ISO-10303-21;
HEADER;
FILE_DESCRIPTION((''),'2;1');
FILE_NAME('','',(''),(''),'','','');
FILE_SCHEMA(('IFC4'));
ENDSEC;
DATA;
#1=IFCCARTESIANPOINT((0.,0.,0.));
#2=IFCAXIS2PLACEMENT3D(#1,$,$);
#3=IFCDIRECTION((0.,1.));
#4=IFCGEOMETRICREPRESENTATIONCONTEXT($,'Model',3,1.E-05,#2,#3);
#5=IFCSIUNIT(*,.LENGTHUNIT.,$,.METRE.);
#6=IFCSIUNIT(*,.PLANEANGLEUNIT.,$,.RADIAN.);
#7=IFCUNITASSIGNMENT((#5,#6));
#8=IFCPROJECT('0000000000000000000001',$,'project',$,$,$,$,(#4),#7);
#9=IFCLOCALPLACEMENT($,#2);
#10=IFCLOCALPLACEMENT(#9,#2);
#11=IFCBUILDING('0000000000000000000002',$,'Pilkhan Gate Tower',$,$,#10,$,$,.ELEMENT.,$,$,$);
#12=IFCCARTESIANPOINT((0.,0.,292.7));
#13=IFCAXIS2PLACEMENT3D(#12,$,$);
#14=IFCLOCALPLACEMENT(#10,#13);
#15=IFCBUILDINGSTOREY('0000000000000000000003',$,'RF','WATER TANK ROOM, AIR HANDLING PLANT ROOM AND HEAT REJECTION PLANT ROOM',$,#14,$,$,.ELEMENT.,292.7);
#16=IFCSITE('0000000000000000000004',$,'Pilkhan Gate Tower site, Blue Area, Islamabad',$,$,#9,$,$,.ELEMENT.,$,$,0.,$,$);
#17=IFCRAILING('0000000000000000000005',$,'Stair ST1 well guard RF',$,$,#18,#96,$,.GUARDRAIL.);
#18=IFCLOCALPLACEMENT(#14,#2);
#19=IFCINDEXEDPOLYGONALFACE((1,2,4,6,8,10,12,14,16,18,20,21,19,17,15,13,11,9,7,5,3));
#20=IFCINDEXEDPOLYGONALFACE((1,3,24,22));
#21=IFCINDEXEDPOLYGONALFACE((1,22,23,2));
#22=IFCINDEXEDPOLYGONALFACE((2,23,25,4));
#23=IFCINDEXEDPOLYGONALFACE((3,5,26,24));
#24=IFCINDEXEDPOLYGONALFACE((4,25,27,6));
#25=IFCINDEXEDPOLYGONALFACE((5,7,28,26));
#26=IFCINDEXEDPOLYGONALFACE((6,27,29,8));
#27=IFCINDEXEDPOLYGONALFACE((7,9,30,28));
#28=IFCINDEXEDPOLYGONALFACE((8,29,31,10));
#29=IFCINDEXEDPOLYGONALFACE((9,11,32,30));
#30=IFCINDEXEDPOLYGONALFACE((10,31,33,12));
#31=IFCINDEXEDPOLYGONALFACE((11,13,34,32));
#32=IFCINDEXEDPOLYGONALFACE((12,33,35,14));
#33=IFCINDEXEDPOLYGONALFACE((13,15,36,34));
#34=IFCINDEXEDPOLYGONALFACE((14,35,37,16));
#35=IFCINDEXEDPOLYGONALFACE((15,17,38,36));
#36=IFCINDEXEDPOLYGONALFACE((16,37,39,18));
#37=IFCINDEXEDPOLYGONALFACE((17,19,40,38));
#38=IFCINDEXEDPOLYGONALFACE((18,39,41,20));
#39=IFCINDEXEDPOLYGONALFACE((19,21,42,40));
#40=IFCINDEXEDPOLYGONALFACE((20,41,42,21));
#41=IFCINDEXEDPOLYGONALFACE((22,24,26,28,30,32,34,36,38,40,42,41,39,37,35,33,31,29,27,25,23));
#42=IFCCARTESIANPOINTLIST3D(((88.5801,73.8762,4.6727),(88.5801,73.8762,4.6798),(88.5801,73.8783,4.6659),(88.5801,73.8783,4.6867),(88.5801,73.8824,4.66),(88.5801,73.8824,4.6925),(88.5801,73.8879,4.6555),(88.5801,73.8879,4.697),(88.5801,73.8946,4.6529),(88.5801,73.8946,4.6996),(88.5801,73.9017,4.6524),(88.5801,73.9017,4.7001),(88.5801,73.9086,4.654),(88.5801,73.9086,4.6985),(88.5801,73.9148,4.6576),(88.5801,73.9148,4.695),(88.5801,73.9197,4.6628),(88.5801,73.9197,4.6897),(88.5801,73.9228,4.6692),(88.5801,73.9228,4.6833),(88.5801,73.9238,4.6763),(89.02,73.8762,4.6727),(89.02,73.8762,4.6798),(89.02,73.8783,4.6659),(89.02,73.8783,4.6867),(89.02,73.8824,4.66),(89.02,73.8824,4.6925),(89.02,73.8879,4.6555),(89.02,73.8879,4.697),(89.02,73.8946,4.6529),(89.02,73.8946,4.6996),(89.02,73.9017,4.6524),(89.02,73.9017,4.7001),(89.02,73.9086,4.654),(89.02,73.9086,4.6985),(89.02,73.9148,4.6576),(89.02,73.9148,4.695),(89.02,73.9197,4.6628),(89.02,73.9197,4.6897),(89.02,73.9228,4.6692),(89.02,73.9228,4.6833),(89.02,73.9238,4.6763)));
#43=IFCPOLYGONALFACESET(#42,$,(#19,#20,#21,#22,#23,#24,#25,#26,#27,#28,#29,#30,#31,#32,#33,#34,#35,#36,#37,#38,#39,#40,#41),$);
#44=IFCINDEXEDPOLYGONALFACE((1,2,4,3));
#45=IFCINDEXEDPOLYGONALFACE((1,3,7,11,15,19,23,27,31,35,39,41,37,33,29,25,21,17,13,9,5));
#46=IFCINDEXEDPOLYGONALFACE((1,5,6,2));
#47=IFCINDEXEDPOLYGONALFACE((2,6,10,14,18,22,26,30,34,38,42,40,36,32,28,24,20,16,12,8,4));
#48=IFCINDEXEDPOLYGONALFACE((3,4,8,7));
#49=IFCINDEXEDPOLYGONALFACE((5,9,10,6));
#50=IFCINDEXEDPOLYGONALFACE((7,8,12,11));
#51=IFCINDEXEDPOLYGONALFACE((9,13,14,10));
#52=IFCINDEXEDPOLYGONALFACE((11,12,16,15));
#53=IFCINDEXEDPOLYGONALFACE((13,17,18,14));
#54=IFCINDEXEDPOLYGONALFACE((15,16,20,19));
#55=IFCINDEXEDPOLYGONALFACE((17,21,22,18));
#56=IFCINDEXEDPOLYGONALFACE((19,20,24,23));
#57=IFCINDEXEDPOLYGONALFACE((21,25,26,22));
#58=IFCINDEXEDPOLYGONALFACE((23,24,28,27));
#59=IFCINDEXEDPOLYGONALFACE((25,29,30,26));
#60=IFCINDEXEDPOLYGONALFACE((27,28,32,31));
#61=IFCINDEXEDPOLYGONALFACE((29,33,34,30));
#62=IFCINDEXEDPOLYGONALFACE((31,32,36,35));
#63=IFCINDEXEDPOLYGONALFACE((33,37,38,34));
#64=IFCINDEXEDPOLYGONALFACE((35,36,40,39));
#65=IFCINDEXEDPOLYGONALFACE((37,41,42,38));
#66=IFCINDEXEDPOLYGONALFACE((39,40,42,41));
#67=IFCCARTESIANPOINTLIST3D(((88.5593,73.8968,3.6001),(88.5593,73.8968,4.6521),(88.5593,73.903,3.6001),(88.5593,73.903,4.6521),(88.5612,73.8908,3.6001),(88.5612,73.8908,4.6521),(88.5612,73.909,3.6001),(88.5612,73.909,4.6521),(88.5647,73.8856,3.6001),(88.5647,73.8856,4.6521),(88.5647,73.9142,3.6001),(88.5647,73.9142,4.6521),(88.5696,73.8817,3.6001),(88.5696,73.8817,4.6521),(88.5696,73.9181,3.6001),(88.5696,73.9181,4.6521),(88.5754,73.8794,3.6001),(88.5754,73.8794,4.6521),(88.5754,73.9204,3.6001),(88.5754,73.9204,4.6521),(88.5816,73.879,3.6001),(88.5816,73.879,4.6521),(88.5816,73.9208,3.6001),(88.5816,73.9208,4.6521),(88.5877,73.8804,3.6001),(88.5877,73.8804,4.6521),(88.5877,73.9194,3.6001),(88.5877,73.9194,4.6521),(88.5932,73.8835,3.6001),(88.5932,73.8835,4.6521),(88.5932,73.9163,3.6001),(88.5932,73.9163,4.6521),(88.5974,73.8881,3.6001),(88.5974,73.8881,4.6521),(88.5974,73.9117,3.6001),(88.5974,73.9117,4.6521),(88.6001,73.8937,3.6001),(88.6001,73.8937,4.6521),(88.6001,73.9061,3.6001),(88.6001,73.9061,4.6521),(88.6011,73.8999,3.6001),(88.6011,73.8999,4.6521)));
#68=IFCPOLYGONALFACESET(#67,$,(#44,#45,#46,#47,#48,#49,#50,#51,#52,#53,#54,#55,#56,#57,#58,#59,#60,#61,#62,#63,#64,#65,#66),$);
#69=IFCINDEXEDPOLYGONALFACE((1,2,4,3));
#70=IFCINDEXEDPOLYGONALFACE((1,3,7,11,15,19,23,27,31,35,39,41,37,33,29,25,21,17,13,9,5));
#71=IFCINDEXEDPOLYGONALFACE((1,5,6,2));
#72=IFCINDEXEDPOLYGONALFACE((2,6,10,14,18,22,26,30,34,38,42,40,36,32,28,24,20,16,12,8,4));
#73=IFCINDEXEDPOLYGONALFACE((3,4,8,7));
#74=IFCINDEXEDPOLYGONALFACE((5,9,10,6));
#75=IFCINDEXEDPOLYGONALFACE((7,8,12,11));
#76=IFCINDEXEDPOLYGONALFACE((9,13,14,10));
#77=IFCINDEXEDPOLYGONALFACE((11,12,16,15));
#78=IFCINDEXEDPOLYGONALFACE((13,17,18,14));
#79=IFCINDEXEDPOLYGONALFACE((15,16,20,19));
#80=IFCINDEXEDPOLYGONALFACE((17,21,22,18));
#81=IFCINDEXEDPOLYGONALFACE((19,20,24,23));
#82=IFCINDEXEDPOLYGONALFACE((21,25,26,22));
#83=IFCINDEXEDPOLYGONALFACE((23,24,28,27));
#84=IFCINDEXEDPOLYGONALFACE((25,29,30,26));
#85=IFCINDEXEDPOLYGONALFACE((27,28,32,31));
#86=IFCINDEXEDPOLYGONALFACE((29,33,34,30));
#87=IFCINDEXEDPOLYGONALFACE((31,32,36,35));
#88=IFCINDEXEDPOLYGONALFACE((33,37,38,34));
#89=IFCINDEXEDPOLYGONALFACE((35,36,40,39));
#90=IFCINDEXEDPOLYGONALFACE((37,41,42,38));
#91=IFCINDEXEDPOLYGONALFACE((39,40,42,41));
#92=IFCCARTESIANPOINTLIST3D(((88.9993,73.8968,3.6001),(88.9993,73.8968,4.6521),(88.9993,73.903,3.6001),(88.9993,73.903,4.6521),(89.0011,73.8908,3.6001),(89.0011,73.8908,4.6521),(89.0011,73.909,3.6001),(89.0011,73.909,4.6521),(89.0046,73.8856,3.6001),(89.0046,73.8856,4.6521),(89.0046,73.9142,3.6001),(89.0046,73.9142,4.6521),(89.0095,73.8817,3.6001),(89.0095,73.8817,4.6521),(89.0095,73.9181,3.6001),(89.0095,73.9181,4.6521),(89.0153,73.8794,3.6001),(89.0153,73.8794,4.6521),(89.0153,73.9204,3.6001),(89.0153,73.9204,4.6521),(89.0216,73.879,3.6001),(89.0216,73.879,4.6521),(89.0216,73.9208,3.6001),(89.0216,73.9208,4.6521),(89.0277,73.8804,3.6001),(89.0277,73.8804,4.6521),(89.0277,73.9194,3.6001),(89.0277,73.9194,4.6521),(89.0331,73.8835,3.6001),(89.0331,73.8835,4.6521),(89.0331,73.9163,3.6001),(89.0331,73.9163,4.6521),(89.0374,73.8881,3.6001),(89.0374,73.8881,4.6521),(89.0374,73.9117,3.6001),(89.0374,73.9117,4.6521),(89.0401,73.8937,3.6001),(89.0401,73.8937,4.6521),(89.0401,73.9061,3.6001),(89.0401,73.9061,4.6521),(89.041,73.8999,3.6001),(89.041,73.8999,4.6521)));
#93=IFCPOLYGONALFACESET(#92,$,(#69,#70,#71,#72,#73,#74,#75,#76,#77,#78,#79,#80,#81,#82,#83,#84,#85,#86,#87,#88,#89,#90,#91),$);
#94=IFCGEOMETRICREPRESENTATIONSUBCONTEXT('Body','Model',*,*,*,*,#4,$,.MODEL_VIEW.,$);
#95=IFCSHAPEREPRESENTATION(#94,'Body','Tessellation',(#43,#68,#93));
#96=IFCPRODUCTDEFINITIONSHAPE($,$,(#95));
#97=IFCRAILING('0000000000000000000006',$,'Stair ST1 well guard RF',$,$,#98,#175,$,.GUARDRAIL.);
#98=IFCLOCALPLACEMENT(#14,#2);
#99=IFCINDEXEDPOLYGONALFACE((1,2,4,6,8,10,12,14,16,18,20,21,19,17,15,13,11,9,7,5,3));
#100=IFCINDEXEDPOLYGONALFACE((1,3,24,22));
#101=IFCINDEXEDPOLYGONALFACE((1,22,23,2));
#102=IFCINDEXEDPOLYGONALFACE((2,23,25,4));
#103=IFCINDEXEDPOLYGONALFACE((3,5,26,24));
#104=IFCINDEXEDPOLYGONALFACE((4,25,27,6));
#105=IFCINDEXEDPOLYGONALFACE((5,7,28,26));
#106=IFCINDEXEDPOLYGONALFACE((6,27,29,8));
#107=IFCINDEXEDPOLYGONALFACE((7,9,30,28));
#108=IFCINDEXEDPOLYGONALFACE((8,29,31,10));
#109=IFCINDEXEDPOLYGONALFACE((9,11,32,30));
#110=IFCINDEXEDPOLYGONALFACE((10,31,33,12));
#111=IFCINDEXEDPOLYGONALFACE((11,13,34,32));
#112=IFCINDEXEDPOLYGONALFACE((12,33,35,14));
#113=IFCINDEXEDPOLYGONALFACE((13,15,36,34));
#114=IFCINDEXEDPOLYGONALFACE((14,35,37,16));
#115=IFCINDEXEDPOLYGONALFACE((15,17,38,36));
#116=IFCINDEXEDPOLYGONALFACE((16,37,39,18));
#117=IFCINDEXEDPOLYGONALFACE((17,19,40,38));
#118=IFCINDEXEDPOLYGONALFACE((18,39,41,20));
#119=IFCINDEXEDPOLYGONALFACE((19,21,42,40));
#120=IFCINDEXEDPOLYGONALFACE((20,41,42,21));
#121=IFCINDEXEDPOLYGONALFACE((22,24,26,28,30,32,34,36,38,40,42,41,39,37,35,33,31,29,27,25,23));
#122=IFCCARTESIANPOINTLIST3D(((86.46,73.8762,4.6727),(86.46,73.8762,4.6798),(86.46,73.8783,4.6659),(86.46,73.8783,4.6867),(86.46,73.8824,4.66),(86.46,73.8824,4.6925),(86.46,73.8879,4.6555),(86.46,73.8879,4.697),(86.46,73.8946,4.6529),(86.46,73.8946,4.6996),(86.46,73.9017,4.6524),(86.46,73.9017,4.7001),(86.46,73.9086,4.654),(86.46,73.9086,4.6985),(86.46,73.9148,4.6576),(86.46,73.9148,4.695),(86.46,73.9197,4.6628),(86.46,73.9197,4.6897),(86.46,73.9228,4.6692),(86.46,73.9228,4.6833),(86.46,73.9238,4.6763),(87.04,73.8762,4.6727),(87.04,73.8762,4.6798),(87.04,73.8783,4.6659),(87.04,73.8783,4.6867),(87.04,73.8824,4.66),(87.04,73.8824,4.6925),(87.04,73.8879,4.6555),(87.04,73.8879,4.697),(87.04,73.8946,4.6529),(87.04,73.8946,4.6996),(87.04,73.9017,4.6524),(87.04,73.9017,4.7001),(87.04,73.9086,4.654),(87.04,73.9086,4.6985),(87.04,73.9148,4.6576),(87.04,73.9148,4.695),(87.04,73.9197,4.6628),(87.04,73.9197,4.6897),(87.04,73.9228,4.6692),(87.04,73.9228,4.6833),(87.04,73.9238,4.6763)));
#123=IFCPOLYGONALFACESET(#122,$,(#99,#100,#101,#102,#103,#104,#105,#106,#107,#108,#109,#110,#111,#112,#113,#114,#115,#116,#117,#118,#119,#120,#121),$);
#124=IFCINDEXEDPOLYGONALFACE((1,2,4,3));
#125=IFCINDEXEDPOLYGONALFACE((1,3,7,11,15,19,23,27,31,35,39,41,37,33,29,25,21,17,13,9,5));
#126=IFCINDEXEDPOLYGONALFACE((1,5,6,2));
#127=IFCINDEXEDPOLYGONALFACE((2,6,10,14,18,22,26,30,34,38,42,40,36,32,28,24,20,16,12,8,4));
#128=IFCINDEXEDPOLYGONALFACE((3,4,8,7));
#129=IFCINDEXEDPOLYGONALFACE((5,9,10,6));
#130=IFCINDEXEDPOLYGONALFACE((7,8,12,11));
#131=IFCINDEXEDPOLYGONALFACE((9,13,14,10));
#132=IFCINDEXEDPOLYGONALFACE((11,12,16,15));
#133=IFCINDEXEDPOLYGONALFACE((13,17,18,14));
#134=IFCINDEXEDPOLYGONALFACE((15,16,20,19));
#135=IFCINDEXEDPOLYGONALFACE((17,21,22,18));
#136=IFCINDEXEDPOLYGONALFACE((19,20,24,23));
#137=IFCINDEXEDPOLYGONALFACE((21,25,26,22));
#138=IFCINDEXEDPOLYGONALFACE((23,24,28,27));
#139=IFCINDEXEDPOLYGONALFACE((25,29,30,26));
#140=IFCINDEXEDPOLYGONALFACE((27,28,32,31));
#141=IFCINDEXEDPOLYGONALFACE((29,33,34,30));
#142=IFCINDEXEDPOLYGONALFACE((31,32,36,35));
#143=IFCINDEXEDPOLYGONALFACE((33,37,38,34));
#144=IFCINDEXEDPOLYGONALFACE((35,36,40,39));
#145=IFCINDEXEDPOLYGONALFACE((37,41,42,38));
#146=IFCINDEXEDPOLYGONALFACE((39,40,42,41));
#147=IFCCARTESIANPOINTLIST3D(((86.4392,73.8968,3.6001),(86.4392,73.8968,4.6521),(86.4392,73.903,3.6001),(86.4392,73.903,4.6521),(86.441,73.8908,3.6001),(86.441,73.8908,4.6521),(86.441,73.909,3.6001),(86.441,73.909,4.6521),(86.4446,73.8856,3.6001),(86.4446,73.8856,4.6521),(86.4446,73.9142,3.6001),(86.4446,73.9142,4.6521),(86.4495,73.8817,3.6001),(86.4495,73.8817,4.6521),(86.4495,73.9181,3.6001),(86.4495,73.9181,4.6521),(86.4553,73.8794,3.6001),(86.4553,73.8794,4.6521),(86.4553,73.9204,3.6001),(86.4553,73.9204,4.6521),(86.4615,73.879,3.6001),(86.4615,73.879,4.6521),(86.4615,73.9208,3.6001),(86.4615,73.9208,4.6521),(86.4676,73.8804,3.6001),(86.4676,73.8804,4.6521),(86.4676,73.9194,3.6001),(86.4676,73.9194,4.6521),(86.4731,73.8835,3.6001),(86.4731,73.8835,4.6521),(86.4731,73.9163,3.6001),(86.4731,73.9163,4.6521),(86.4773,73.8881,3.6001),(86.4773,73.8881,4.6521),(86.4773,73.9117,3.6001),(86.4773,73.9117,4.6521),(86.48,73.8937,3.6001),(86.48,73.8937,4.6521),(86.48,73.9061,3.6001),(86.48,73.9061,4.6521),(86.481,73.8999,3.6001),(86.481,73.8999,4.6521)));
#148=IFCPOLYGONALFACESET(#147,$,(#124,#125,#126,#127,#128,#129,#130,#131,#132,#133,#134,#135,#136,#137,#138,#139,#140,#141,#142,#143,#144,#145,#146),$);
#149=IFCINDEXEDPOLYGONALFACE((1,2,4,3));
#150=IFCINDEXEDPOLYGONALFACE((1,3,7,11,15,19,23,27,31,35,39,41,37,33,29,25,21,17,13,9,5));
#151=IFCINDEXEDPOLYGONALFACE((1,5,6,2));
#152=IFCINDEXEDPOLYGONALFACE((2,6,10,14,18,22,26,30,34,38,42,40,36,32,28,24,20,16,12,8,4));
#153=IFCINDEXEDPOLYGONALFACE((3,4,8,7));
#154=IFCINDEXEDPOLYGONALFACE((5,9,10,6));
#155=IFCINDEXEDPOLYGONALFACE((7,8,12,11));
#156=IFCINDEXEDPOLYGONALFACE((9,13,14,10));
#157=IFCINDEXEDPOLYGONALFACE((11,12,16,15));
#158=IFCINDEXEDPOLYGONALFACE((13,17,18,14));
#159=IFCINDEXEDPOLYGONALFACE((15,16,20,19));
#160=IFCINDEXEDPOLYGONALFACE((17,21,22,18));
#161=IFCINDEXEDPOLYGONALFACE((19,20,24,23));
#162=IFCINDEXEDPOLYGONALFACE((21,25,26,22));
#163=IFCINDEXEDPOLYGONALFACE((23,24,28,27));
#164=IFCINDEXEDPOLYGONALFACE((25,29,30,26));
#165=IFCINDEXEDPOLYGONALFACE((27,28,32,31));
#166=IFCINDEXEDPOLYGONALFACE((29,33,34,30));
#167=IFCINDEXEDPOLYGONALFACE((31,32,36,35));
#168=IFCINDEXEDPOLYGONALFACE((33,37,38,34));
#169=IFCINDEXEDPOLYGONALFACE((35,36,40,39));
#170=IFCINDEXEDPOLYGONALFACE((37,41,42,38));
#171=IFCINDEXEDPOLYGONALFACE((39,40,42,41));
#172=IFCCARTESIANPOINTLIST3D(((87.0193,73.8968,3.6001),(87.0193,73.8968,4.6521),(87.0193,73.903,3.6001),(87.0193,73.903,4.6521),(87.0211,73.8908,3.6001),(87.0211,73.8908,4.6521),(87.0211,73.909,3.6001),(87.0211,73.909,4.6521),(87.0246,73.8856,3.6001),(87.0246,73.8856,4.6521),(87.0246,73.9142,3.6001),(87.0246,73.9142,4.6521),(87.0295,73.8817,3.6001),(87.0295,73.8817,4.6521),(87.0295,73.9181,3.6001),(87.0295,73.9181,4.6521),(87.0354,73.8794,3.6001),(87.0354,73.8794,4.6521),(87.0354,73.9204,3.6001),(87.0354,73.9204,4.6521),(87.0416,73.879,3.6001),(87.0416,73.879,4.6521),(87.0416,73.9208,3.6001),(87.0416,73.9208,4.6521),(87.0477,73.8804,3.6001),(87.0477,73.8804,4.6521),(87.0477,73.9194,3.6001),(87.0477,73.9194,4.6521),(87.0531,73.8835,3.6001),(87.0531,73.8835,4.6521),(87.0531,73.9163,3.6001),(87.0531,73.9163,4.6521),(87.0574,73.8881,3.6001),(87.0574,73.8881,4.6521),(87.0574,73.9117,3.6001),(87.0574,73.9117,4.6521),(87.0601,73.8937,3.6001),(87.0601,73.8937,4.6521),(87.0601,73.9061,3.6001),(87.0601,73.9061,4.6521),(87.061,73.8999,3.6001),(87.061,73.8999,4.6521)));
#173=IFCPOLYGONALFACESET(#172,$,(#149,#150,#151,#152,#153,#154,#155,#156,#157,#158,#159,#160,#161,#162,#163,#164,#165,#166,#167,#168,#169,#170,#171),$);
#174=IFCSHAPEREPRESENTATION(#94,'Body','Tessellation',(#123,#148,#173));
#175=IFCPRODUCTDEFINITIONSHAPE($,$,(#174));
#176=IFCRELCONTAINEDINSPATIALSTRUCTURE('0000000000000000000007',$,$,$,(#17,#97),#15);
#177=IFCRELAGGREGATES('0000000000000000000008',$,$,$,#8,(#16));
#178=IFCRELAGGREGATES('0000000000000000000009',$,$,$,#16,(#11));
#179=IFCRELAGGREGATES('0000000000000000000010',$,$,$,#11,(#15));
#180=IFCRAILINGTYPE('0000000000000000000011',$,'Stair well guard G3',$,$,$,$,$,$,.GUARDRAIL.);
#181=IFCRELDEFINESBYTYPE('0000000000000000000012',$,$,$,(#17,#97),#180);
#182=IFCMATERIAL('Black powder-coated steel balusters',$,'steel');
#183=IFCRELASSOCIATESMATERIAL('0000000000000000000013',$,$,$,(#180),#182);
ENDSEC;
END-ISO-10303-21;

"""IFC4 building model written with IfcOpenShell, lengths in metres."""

from ifc_helpers import new_model, si_unit, direction, frame, origin, origin_2d, place, context, subcontext, project, spatial, circle, extrude, material, type_object, element, save


model = new_model("IFC4")

# Units and contexts
model_context = context("Model", 3, precision=1e-05, world=origin(), true_north=direction((0.0, 1.0)))
body_context = subcontext(model_context, "Body", "Model", "MODEL_VIEW")
ifc_project = project(units=[si_unit("LENGTHUNIT", "METRE"), si_unit("PLANEANGLEUNIT", "RADIAN")], contexts=[model_context])

# Site, building, storey
site_placement = place(None, origin())
site = spatial("IfcSite", under=ifc_project, at=site_placement, Name="Pilkhan Gate Tower site, Blue Area, Islamabad", CompositionType="ELEMENT", RefElevation=0.0)
building_placement = place(site_placement, origin())
building = spatial("IfcBuilding", under=site, at=building_placement, Name="Pilkhan Gate Tower", CompositionType="ELEMENT")
storey_placement = place(building_placement, frame((0.0, 0.0, 292.7)))
storey = spatial("IfcBuildingStorey", under=building, at=storey_placement, Name="RF", Description="WATER TANK ROOM, AIR HANDLING PLANT ROOM AND HEAT REJECTION PLANT ROOM", CompositionType="ELEMENT", Elevation=292.7)

# Railings
ifc_material_1 = material(Name="Black powder-coated steel balusters", Category="steel")
railing_type_1 = type_object("IfcRailingType", Name="Stair well guard G3", PredefinedType="GUARDRAIL", material=ifc_material_1)
railing_1_placement = place(storey_placement, frame((88.5801, 73.8999, 3.6001)))
element("IfcRailing", 1, at=railing_1_placement, inside=storey, type_object=railing_type_1, Name="Stair ST1 well guard RF", PredefinedType="GUARDRAIL", context=body_context, shape_type="SweptSolid", body=[
    extrude(circle(Radius=0.0239, at=origin_2d()), frame((0.0, 0.0, 1.0762), z_axis=(1.0, 0.0, 0.0), x_axis=(0.0, 1.0, 0.0)), (0.0, 0.0, 1.0), 0.4399),
    extrude(circle(Radius=0.021, at=origin_2d()), origin(), (0.0, 0.0, 1.0), 1.052),
    extrude(circle(Radius=0.021, at=origin_2d()), frame((0.4399, 0.0, 0.0)), (0.0, 0.0, 1.0), 1.052),
])
railing_2_placement = place(storey_placement, frame((86.46, 73.8999, 3.6001)))
element("IfcRailing", 2, at=railing_2_placement, inside=storey, type_object=railing_type_1, Name="Stair ST1 well guard RF", PredefinedType="GUARDRAIL", context=body_context, shape_type="SweptSolid", body=[
    extrude(circle(Radius=0.0239, at=origin_2d()), frame((0.0, 0.0, 1.0762), z_axis=(1.0, 0.0, 0.0), x_axis=(0.0, 1.0, 0.0)), (0.0, 0.0, 1.0), 0.5801),
    extrude(circle(Radius=0.021, at=origin_2d()), origin(), (0.0, 0.0, 1.0), 1.052),
    extrude(circle(Radius=0.021, at=origin_2d()), frame((0.5801, 0.0, 0.0)), (0.0, 0.0, 1.0), 1.052),
])

save(model, "model.ifc")
